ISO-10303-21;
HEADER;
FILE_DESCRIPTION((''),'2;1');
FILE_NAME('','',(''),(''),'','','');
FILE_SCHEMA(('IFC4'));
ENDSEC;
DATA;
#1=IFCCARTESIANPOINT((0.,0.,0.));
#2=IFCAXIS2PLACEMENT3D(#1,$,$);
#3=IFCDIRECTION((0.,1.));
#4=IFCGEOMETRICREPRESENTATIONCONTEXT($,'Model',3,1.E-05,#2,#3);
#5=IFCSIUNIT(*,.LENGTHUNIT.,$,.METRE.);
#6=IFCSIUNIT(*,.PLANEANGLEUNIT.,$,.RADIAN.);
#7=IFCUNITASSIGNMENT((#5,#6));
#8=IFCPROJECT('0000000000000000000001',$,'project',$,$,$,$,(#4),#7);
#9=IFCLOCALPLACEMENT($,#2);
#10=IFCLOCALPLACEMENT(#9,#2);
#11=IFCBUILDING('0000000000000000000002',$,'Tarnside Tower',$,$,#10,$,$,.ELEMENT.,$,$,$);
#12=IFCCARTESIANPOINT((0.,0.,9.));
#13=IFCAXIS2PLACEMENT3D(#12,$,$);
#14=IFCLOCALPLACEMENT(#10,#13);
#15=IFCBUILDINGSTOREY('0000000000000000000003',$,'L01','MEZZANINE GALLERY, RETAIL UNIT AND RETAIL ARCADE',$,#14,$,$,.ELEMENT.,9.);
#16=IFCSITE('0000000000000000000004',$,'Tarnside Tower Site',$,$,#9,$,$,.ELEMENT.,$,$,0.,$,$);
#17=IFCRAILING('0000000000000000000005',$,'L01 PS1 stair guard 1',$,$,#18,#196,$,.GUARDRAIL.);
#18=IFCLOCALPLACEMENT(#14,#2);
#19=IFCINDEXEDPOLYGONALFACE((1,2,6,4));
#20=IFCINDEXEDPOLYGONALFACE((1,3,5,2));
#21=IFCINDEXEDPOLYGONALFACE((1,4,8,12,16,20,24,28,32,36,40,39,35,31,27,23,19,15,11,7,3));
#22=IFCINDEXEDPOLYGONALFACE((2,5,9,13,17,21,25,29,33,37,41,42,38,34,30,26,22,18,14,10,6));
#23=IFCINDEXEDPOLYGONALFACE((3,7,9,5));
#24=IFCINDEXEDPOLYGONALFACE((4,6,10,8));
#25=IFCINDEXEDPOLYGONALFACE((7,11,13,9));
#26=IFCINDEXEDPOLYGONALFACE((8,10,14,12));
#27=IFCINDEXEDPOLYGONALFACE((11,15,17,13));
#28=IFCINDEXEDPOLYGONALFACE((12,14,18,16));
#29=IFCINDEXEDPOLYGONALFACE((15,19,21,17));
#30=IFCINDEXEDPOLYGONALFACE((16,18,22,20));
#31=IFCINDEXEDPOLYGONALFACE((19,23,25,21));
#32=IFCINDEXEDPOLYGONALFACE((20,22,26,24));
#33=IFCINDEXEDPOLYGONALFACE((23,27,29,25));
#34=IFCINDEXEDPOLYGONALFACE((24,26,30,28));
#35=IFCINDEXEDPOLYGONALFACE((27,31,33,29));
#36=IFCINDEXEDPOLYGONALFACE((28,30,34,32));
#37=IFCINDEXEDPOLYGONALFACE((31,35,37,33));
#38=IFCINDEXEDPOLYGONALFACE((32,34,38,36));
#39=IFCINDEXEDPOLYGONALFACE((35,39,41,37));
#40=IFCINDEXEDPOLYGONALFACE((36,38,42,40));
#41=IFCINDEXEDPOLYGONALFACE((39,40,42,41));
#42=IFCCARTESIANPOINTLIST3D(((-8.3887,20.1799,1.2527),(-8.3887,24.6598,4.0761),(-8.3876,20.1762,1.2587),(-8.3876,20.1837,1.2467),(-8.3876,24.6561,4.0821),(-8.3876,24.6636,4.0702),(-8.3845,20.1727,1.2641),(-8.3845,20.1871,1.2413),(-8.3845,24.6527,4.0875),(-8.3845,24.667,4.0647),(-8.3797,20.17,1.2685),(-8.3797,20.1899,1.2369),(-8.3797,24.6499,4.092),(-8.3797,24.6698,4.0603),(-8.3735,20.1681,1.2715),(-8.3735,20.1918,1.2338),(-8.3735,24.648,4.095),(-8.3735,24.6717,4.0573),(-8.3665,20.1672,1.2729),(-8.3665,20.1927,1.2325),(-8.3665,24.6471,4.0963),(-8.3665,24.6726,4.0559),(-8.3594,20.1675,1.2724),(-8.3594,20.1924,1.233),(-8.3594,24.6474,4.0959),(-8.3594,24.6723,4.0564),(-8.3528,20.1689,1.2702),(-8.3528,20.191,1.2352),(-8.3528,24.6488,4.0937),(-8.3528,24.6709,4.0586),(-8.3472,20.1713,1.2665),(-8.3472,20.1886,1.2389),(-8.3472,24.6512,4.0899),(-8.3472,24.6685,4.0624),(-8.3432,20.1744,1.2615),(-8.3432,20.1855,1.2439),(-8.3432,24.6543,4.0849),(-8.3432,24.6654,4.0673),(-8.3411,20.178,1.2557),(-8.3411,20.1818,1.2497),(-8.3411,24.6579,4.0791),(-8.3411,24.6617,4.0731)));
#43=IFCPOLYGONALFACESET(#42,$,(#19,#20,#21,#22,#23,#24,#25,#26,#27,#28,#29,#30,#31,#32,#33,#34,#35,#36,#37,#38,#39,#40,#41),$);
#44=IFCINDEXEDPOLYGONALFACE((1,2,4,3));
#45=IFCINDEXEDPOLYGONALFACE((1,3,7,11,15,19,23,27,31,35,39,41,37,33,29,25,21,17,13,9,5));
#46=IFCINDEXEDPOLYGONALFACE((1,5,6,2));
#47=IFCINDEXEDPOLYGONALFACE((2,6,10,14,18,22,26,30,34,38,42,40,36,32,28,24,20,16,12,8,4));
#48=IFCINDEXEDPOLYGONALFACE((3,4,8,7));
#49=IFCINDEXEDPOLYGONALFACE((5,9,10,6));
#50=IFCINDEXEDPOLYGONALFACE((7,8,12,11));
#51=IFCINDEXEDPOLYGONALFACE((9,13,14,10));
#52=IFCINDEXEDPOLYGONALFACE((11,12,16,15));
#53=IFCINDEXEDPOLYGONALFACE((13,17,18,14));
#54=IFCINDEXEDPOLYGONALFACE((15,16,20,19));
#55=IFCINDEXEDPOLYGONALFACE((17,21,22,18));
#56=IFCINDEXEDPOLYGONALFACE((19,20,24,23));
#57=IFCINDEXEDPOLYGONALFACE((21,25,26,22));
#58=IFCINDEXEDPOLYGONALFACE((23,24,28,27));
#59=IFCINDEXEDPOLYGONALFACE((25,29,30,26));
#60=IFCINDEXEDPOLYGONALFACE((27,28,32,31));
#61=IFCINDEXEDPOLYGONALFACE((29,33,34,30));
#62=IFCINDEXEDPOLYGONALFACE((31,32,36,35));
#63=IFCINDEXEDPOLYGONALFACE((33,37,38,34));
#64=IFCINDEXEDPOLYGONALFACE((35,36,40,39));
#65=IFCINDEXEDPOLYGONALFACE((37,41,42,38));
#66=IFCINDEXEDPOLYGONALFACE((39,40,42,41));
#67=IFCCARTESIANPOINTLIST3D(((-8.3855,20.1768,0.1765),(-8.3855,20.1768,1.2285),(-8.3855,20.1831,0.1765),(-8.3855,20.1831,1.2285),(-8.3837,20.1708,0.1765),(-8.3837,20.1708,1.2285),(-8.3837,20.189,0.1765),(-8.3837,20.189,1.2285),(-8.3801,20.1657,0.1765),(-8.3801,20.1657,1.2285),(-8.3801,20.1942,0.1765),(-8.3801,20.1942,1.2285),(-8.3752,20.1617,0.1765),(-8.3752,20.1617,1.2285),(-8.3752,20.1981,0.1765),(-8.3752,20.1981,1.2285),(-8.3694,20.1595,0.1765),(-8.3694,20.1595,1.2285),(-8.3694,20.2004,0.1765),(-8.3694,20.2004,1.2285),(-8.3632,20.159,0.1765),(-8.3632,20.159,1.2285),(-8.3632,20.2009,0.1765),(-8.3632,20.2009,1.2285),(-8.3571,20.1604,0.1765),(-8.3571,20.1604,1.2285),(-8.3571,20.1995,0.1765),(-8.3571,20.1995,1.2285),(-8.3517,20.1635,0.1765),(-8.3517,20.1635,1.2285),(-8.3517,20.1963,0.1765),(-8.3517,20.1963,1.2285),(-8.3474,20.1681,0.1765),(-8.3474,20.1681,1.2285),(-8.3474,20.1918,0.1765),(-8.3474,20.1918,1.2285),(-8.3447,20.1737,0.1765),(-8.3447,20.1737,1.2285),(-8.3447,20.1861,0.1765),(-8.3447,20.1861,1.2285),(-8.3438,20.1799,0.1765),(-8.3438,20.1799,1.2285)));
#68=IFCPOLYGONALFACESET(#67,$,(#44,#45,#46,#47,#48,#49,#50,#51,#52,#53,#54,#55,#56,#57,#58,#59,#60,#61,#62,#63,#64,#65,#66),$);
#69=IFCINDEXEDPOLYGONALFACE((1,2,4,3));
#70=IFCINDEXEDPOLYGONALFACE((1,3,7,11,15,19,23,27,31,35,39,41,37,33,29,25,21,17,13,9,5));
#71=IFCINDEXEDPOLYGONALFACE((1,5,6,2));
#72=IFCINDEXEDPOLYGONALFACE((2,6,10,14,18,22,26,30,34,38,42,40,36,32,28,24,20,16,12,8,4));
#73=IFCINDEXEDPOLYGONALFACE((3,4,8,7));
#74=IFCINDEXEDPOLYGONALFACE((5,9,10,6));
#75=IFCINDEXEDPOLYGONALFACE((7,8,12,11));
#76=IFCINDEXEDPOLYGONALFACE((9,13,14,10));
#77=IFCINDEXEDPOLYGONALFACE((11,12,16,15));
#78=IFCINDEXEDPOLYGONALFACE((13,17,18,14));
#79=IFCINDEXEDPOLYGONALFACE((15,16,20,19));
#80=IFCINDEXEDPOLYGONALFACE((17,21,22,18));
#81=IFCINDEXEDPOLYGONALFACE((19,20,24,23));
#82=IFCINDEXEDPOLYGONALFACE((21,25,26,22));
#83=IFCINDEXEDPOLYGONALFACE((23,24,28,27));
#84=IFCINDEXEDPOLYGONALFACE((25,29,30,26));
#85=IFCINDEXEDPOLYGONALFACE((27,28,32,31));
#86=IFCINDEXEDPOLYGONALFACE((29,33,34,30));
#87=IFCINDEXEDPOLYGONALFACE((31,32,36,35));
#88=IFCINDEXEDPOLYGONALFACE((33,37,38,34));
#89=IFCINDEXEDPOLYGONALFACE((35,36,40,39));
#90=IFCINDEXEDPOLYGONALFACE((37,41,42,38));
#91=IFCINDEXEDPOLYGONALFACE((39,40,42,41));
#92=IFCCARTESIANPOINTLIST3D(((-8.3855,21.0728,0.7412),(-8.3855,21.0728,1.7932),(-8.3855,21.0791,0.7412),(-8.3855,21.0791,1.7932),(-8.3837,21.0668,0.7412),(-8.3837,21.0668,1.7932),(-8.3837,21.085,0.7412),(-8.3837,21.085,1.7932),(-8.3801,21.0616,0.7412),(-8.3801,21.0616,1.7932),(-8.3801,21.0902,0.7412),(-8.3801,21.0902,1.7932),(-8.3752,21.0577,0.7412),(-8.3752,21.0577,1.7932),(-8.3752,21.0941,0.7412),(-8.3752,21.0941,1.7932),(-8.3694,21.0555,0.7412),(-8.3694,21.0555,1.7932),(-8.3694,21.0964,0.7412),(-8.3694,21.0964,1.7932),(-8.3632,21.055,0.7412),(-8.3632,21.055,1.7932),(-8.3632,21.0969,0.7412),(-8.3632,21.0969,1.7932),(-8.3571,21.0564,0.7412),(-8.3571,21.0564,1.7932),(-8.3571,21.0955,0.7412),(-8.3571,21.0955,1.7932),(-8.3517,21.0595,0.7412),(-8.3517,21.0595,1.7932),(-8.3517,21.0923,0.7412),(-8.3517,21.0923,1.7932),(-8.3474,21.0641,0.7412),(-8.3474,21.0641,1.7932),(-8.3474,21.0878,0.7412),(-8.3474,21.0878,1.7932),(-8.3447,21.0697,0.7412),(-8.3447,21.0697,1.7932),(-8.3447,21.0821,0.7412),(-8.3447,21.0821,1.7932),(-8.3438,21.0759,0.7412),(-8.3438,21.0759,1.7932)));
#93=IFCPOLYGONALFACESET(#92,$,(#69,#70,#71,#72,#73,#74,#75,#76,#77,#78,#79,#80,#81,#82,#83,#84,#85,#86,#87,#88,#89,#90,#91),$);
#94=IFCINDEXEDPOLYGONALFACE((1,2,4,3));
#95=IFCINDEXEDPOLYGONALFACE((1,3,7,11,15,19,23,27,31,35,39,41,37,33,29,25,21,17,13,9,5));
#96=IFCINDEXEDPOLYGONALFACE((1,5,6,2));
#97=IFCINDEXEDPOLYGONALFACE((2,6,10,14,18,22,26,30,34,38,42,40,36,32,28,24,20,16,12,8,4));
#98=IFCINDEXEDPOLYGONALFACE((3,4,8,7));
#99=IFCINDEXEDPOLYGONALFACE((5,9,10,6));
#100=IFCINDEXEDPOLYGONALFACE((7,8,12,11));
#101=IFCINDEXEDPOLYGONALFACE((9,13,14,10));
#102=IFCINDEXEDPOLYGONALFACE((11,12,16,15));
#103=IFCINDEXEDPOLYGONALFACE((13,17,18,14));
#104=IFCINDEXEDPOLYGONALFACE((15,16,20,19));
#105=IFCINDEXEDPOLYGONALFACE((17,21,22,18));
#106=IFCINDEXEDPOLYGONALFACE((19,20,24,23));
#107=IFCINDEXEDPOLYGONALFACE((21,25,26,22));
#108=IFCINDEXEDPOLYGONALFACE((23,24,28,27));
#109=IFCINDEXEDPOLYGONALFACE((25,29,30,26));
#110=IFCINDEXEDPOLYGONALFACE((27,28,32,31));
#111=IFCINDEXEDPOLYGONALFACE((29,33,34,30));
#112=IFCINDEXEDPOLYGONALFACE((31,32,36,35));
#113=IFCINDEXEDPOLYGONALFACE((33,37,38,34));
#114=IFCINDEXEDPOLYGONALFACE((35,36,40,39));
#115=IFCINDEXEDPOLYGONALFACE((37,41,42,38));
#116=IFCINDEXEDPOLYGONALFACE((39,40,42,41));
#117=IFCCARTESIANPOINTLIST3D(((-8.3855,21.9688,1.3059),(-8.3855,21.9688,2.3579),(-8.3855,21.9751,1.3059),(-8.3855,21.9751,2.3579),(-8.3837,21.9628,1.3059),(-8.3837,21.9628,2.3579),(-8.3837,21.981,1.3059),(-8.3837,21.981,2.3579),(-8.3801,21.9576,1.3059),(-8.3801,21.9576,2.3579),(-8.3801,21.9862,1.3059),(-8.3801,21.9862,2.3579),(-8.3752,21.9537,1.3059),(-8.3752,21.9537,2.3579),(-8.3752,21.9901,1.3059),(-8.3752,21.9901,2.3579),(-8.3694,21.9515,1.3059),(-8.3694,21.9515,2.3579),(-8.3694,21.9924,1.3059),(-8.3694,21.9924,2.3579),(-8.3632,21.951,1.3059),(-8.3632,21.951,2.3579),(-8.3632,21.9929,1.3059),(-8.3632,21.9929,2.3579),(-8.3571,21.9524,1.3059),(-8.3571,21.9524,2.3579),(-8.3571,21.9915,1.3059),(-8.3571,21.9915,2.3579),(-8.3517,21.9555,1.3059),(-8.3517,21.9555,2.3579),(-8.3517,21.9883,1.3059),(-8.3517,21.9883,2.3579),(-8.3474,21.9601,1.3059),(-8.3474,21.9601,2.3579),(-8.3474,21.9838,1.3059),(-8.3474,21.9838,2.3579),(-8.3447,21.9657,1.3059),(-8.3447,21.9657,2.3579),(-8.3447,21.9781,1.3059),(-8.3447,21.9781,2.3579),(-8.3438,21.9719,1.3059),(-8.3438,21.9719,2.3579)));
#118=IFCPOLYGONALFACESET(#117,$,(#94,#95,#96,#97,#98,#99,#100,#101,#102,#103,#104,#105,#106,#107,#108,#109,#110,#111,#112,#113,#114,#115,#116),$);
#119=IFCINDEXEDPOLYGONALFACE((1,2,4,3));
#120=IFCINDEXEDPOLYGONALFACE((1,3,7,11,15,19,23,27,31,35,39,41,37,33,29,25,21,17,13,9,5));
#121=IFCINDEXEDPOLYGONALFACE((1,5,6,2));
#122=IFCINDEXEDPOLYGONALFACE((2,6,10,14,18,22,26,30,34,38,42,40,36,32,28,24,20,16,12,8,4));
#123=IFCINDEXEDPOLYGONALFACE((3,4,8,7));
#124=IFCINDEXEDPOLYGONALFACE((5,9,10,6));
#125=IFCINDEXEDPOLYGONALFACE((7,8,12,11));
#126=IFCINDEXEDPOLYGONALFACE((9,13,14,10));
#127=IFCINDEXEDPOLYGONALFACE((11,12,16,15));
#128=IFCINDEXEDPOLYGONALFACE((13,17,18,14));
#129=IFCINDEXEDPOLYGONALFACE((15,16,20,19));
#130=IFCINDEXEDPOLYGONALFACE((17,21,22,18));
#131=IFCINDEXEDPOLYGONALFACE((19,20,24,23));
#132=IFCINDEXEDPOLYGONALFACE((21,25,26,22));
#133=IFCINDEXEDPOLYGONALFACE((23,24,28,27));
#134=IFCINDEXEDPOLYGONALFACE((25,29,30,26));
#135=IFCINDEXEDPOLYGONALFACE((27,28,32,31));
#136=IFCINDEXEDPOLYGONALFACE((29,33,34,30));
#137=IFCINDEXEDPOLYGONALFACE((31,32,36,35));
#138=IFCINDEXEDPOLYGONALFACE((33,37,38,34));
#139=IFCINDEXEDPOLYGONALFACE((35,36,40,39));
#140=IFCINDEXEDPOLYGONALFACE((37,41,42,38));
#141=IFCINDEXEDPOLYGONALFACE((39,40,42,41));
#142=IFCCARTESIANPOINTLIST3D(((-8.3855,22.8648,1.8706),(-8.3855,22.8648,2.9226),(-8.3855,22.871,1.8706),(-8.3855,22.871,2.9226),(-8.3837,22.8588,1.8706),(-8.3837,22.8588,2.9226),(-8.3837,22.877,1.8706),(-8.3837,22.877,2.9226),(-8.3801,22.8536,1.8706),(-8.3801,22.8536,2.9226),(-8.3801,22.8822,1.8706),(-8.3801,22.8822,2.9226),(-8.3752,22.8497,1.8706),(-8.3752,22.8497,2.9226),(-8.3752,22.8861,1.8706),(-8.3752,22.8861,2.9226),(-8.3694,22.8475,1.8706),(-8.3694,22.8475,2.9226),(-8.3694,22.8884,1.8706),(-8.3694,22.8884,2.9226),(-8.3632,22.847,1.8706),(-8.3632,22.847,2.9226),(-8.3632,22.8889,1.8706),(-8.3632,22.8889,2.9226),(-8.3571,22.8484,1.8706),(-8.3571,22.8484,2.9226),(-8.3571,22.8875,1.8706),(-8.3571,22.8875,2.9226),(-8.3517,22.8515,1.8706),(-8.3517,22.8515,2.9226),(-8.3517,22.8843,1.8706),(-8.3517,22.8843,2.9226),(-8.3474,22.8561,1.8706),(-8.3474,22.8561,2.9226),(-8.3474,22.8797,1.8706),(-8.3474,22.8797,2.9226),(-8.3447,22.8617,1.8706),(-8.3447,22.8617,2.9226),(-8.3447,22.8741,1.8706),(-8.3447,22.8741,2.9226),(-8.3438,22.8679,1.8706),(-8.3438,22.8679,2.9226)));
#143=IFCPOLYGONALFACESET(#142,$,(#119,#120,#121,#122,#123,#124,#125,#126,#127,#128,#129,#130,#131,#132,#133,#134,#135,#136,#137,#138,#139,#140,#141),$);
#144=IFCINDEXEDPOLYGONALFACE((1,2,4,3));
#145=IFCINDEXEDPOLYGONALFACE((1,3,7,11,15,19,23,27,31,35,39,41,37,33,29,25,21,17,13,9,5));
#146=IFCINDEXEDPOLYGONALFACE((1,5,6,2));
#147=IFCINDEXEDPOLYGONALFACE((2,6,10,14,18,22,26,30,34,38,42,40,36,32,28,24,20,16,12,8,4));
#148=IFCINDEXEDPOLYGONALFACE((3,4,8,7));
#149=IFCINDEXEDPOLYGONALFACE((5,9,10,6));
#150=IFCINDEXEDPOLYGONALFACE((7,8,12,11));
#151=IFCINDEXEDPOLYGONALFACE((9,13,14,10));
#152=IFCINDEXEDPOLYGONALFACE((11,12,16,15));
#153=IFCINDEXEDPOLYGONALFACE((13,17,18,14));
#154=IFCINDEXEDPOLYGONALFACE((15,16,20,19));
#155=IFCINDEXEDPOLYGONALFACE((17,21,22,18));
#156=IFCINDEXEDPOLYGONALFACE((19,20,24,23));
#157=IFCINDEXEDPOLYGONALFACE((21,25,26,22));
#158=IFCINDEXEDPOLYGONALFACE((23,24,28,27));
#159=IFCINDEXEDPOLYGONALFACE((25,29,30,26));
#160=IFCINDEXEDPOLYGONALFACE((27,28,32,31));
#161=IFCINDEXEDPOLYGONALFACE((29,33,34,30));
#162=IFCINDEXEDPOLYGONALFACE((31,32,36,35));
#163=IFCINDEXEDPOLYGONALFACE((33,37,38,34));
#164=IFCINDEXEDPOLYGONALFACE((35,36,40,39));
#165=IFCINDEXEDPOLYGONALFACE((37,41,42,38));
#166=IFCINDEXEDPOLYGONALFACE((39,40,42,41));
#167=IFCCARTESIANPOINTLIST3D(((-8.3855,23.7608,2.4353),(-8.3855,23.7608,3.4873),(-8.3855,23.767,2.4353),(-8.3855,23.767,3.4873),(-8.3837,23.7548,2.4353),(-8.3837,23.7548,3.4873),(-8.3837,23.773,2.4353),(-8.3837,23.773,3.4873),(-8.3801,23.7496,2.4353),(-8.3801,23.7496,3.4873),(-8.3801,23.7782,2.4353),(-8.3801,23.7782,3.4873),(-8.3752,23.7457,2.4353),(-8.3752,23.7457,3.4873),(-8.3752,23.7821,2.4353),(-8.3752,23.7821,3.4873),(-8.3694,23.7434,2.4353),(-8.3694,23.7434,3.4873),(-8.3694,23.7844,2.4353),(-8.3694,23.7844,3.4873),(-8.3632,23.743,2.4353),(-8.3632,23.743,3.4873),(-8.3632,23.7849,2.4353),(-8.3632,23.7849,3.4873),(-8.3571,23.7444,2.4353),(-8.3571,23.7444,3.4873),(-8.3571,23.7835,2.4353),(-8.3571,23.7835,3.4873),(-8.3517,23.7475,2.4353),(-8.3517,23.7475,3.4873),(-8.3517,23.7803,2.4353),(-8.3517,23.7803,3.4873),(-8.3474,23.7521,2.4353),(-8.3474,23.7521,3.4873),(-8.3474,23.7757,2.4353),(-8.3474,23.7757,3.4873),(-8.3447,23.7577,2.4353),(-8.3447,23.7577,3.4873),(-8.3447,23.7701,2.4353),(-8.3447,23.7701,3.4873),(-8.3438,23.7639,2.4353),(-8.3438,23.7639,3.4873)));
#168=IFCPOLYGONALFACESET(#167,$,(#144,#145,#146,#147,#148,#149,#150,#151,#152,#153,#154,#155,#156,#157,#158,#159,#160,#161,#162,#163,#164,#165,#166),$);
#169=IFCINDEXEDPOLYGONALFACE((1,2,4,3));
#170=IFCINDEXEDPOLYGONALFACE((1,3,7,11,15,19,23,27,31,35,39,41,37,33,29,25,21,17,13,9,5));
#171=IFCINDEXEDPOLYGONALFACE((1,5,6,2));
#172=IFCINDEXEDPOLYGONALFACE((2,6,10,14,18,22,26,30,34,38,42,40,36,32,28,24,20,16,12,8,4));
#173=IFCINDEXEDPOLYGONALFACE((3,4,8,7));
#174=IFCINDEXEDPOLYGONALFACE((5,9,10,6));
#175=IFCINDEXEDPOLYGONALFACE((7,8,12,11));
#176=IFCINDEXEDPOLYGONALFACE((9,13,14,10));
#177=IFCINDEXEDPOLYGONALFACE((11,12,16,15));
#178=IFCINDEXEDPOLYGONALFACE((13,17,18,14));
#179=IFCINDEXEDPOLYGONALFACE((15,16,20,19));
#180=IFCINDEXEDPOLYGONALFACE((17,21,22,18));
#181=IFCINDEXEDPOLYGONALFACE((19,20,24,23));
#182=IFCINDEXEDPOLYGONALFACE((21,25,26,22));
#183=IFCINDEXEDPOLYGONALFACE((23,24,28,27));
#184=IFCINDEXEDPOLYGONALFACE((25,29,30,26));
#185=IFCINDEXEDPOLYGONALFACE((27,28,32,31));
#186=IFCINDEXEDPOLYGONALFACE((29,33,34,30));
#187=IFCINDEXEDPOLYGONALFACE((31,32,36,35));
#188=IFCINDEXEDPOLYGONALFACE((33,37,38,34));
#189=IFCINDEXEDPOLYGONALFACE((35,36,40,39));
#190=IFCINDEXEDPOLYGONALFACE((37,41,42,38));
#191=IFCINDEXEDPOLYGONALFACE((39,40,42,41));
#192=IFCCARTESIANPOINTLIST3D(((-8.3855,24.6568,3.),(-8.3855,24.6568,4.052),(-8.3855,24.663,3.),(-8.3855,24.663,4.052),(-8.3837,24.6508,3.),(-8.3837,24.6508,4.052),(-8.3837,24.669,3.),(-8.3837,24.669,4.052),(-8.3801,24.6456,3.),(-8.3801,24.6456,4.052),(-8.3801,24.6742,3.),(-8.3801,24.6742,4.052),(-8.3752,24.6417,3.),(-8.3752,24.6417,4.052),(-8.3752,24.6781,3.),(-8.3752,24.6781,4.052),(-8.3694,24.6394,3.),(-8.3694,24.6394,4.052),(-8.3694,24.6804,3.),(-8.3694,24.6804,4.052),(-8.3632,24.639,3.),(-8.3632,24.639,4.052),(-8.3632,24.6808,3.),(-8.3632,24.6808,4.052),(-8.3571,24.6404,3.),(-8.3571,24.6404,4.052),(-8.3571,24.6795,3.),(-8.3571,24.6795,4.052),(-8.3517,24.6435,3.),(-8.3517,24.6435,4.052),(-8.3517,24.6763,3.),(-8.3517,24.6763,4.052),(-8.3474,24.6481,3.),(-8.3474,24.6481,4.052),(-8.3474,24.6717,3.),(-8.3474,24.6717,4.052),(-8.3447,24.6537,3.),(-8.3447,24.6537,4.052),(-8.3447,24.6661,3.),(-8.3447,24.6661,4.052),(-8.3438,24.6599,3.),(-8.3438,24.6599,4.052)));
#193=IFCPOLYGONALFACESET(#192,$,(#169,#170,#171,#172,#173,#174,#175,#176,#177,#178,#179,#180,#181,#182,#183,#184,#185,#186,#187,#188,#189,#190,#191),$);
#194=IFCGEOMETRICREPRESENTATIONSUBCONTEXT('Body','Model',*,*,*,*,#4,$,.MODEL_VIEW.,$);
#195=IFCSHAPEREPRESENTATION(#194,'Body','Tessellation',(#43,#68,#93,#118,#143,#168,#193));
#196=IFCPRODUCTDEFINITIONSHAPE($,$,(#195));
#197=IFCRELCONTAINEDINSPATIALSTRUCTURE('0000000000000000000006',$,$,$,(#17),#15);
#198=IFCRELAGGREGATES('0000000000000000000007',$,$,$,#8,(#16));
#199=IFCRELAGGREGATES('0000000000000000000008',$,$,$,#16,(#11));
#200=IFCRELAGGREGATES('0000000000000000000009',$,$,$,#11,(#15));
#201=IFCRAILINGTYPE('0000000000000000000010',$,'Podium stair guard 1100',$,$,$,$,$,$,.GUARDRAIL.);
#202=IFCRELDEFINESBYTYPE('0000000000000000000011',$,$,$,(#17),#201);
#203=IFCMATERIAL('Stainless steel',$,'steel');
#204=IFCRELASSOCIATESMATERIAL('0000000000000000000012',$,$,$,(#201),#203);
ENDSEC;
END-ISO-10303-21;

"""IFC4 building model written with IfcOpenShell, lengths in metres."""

from ifc_helpers import new_model, si_unit, direction, frame, origin, origin_2d, place, context, subcontext, project, spatial, circle, extrude, material, type_object, element, save


model = new_model("IFC4")

# Units and contexts
model_context = context("Model", 3, precision=1e-05, world=origin(), true_north=direction((0.0, 1.0)))
body_context = subcontext(model_context, "Body", "Model", "MODEL_VIEW")
ifc_project = project(units=[si_unit("LENGTHUNIT", "METRE"), si_unit("PLANEANGLEUNIT", "RADIAN")], contexts=[model_context])

# Site, building, storey
site_placement = place(None, origin())
site = spatial("IfcSite", under=ifc_project, at=site_placement, Name="Tarnside Tower Site", CompositionType="ELEMENT", RefElevation=0.0)
building_placement = place(site_placement, origin())
building = spatial("IfcBuilding", under=site, at=building_placement, Name="Tarnside Tower", CompositionType="ELEMENT")
storey_placement = place(building_placement, frame((0.0, 0.0, 9.0)))
storey = spatial("IfcBuildingStorey", under=building, at=storey_placement, Name="L01", Description="MEZZANINE GALLERY, RETAIL UNIT AND RETAIL ARCADE", CompositionType="ELEMENT", Elevation=9.0)

# Railing
ifc_material_1 = material(Name="Stainless steel", Category="steel")
railing_type_1 = type_object("IfcRailingType", Name="Podium stair guard 1100", PredefinedType="GUARDRAIL", material=ifc_material_1)
railing_1_placement = place(storey_placement, frame((-8.3647, 20.1799, 0.1765)))
element("IfcRailing", 1, at=railing_1_placement, inside=storey, type_object=railing_type_1, Name="L01 PS1 stair guard 1", PredefinedType="GUARDRAIL", context=body_context, shape_type="SweptSolid", body=[
    extrude(circle(Radius=0.0239, at=origin_2d()), frame((0.0, 0.0, 1.0762), z_axis=(0.0, 0.845998, 0.533186), x_axis=(-1.0, 0.0, 0.0)), (0.0, 0.0, 1.0), 5.2954),
    extrude(circle(Radius=0.021, at=origin_2d()), origin(), (0.0, 0.0, 1.0), 1.052),
    extrude(circle(Radius=0.021, at=origin_2d()), frame((0.0, 0.896, 0.5647)), (0.0, 0.0, 1.0), 1.052),
    extrude(circle(Radius=0.021, at=origin_2d()), frame((0.0, 1.792, 1.1294)), (0.0, 0.0, 1.0), 1.052),
    extrude(circle(Radius=0.021, at=origin_2d()), frame((0.0, 2.688, 1.6941)), (0.0, 0.0, 1.0), 1.052),
    extrude(circle(Radius=0.021, at=origin_2d()), frame((0.0, 3.584, 2.2588)), (0.0, 0.0, 1.0), 1.052),
    extrude(circle(Radius=0.021, at=origin_2d()), frame((0.0, 4.48, 2.8235)), (0.0, 0.0, 1.0), 1.052),
])

save(model, "model.ifc")
